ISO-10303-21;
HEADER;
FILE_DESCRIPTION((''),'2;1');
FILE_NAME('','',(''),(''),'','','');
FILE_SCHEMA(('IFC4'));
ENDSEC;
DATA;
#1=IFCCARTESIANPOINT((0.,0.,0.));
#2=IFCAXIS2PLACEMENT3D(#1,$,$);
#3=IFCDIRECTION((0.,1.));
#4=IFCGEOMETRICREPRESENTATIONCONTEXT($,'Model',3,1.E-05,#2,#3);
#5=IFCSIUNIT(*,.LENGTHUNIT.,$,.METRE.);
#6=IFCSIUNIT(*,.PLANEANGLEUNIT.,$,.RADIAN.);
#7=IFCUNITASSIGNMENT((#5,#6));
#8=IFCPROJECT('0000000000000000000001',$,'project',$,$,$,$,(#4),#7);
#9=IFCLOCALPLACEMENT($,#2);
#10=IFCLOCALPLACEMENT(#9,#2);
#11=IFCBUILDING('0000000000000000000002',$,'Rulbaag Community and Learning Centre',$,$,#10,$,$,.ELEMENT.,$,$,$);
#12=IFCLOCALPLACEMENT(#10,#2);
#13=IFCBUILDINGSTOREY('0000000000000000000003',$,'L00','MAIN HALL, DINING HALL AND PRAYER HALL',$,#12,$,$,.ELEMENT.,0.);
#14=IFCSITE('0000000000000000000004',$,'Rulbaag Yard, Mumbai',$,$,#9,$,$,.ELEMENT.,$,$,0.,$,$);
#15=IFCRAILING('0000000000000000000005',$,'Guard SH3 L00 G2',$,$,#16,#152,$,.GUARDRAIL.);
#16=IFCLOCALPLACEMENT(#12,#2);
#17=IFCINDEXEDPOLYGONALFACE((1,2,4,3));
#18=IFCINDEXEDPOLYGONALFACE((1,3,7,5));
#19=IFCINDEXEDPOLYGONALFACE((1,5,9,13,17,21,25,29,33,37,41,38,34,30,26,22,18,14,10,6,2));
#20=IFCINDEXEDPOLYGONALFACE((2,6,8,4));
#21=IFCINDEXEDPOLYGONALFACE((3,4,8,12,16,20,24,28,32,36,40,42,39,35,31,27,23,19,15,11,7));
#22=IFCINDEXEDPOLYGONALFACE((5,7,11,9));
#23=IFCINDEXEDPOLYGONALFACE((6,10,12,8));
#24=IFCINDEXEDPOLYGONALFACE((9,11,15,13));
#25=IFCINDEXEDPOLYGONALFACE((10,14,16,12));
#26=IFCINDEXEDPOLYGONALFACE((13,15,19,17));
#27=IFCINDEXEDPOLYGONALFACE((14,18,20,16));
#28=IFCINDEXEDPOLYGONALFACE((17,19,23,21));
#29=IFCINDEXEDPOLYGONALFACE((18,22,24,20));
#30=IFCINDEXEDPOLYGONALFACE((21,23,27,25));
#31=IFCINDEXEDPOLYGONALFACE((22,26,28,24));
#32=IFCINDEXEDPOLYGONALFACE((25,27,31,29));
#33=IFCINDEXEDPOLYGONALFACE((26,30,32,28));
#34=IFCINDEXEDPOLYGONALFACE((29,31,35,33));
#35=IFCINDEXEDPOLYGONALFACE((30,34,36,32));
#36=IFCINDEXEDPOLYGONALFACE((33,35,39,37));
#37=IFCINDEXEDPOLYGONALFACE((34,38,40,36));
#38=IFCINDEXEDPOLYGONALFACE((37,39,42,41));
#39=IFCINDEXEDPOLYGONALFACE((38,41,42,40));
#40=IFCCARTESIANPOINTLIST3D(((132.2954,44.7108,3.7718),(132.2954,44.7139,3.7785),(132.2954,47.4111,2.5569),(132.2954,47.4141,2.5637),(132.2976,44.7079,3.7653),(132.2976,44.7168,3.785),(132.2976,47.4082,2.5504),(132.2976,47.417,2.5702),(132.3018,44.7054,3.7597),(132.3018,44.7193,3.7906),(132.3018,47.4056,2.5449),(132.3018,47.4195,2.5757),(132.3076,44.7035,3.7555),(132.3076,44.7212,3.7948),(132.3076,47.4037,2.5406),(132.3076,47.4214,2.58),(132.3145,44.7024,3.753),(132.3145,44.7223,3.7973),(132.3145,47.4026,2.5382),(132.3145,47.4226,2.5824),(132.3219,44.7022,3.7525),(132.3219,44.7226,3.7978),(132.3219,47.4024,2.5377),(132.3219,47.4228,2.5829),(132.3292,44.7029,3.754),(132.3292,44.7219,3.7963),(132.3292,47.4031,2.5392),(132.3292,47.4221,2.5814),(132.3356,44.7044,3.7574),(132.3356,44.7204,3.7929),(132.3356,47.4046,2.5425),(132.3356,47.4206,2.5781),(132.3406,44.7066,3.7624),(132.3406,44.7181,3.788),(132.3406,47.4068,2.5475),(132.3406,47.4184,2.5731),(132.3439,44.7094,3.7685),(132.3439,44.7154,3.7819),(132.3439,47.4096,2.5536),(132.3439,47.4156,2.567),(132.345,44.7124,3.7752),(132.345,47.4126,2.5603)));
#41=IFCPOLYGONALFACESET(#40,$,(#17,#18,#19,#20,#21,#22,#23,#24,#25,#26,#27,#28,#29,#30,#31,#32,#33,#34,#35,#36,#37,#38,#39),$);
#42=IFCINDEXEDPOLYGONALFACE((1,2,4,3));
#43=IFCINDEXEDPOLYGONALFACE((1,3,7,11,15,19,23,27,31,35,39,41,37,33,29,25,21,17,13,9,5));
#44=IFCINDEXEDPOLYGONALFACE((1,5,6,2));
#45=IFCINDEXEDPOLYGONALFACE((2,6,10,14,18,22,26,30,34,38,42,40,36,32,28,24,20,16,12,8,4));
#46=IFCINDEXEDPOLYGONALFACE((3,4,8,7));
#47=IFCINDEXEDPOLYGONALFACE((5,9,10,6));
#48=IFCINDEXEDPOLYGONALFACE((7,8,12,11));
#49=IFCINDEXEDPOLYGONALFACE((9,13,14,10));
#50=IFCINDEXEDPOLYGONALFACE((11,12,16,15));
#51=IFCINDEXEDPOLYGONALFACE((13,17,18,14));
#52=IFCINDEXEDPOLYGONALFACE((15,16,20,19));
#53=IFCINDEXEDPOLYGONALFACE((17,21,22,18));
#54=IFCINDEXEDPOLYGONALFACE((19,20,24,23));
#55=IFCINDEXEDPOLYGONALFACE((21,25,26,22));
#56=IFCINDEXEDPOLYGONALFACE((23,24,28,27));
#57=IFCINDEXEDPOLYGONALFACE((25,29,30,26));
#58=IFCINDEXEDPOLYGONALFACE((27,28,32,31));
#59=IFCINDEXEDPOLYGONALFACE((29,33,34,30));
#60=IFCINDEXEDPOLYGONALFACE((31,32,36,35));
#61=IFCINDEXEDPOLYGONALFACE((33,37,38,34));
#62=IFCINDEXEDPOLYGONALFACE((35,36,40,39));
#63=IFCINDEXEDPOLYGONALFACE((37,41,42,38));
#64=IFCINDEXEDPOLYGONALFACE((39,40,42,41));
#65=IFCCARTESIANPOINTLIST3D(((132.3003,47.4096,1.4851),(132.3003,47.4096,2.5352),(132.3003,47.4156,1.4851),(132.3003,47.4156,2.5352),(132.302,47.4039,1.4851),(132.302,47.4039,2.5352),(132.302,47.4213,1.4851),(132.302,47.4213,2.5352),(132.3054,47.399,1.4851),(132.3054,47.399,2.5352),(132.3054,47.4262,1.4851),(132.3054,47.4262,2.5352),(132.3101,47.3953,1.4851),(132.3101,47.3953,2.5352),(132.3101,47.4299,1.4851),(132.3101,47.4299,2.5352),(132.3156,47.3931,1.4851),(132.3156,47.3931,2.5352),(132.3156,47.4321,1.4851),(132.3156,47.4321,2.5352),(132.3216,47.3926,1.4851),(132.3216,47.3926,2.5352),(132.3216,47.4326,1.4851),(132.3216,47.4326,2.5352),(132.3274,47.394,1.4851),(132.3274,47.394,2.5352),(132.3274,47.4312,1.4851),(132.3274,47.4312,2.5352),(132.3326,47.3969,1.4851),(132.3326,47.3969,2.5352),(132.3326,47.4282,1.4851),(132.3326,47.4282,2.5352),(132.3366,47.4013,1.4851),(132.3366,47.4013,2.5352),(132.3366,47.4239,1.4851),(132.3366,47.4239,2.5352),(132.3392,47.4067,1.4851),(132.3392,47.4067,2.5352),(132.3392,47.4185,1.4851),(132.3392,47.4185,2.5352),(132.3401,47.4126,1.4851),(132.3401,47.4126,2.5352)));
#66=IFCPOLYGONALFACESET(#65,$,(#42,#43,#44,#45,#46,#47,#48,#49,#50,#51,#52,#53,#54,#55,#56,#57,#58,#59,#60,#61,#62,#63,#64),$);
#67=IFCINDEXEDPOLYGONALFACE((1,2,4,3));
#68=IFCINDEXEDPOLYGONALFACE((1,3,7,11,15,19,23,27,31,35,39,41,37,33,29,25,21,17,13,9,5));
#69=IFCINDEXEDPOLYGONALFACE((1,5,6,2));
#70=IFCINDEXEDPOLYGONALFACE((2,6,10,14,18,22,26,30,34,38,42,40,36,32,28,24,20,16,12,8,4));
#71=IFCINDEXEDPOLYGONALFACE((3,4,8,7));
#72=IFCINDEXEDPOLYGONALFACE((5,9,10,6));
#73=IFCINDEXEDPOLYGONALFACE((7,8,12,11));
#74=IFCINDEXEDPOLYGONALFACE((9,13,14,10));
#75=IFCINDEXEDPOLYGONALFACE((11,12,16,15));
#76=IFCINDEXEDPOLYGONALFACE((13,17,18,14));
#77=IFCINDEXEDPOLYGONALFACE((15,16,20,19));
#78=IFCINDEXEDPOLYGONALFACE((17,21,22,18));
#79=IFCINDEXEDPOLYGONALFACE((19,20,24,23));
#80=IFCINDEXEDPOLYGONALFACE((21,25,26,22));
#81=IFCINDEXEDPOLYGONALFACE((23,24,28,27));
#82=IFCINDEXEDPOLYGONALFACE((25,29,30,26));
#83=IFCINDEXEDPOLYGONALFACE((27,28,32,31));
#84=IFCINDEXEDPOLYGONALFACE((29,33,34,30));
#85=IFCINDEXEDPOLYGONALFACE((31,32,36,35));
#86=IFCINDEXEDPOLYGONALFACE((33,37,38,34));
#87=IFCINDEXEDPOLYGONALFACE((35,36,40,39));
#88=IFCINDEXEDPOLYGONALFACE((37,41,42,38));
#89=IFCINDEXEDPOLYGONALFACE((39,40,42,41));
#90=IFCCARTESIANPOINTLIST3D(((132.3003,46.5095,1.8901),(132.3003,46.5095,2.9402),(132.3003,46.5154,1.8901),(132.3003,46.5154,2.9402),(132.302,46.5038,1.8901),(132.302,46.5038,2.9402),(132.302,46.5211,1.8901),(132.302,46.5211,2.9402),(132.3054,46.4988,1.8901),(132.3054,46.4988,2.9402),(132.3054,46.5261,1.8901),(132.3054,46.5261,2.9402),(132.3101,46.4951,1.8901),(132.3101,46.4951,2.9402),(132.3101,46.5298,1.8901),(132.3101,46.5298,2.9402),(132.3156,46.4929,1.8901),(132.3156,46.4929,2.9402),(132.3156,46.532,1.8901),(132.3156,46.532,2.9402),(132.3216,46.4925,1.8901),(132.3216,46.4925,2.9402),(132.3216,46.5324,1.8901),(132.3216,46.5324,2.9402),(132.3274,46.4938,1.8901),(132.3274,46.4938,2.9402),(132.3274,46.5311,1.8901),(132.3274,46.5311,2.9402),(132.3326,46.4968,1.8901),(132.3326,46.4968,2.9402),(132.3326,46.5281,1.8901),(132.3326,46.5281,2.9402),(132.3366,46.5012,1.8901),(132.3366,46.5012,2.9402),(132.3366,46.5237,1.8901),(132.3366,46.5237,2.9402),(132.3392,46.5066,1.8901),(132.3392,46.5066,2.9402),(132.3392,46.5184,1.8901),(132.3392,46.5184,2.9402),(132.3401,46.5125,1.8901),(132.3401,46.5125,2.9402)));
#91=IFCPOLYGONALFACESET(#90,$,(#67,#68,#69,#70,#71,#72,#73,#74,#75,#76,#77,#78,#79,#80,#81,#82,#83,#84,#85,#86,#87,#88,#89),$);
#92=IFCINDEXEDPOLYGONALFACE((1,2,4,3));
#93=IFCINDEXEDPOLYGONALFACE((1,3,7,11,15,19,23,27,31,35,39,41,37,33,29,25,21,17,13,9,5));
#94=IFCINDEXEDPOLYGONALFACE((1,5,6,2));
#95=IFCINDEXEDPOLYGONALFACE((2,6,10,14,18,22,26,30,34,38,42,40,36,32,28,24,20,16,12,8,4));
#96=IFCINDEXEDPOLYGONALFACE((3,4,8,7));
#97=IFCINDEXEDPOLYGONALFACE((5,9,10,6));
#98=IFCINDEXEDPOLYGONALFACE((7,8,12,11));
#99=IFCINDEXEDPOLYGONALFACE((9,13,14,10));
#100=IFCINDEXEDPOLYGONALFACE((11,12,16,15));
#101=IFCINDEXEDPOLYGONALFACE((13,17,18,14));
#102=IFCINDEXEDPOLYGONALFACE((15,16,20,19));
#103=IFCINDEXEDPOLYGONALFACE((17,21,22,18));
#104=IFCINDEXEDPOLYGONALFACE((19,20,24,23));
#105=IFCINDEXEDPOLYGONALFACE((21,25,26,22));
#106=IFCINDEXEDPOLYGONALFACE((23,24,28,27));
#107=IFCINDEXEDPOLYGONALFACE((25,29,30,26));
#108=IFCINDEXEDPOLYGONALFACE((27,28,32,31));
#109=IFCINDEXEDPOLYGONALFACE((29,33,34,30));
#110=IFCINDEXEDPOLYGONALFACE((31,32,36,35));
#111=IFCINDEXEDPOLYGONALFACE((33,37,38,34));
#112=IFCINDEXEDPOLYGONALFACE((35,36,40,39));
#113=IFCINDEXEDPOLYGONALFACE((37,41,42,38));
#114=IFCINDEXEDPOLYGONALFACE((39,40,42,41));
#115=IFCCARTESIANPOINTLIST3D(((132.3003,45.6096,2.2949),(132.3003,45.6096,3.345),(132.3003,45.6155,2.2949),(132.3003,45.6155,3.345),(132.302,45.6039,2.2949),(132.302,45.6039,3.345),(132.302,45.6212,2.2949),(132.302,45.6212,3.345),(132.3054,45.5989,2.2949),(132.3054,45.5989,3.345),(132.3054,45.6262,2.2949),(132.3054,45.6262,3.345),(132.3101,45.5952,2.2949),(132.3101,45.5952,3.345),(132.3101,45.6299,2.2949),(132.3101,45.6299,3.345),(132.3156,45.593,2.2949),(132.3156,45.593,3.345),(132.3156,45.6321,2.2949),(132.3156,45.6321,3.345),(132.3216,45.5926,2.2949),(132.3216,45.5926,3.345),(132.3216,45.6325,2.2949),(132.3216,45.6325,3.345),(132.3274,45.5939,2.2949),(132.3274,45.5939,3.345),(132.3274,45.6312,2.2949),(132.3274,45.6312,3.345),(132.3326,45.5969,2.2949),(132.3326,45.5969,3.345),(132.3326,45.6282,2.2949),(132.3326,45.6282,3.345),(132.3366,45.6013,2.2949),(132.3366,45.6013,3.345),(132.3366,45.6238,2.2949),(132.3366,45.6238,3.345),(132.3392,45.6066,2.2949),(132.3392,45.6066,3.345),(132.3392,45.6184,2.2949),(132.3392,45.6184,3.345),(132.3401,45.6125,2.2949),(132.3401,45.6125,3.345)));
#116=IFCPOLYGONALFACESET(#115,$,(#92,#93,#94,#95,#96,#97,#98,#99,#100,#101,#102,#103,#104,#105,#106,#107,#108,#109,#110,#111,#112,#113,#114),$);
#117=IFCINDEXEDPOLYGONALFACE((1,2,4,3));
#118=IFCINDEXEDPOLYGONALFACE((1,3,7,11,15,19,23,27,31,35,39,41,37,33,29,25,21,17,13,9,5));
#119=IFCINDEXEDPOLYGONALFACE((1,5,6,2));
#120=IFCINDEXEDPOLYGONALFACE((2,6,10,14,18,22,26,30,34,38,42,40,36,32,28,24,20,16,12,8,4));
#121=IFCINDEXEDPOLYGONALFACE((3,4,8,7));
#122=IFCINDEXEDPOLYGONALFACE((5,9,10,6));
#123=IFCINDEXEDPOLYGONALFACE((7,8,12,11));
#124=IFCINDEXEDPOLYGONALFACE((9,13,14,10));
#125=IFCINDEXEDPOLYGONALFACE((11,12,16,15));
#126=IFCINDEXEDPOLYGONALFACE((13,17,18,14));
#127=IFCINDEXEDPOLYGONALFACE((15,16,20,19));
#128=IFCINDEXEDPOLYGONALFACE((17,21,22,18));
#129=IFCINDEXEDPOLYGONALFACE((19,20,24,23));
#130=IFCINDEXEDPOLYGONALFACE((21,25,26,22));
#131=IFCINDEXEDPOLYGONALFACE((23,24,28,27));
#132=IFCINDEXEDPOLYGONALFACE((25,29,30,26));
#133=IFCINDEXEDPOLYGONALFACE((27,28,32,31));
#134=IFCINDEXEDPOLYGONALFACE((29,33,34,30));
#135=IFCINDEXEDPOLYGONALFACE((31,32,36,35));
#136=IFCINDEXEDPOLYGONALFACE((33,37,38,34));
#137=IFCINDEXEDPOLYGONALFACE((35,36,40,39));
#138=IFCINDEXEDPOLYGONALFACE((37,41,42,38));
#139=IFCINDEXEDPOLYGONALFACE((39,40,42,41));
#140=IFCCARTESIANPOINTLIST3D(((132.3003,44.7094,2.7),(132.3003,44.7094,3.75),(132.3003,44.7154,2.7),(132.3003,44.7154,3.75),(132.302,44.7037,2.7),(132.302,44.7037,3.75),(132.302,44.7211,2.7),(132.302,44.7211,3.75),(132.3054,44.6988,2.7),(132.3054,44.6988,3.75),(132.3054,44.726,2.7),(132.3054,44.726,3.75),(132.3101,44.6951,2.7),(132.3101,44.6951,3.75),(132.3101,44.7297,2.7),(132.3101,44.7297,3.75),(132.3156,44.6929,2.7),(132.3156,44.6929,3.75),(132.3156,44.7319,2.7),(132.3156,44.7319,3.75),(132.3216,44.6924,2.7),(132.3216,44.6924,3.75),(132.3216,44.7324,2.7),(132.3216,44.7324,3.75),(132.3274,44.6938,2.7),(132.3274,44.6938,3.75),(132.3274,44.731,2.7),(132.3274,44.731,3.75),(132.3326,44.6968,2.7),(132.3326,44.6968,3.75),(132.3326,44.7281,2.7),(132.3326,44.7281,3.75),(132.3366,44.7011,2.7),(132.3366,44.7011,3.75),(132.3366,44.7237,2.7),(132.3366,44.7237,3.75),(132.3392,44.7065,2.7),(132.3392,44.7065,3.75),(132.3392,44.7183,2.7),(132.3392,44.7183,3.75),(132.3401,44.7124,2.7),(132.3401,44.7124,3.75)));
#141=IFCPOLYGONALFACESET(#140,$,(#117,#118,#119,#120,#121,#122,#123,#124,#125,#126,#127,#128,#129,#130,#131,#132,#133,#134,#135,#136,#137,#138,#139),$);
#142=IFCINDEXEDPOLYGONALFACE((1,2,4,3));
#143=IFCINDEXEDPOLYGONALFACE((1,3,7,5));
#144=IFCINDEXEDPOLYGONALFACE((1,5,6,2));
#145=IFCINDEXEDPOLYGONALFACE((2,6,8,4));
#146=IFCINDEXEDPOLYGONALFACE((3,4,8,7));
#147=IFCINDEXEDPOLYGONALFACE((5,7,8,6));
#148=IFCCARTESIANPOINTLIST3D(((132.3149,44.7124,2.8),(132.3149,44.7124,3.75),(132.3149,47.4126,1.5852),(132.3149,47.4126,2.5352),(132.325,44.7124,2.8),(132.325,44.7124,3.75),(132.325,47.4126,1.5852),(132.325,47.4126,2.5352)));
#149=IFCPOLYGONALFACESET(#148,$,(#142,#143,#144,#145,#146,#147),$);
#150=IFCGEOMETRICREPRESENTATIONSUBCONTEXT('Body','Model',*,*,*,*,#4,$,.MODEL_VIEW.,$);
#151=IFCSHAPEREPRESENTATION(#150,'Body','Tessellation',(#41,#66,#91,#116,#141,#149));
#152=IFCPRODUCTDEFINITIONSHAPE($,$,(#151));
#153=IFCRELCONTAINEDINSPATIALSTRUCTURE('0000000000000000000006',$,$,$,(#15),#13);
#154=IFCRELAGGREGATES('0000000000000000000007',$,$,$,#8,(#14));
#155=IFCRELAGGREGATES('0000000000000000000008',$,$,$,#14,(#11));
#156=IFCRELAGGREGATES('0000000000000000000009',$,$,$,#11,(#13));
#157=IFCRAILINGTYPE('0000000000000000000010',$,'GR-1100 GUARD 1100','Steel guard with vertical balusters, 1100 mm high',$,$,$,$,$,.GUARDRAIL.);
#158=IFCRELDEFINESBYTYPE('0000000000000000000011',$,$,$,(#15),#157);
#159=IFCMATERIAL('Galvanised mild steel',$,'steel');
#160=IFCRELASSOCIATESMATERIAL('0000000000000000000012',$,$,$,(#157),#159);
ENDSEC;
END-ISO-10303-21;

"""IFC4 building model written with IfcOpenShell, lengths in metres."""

from ifc_helpers import new_model, si_unit, direction, frame, origin, origin_2d, place, context, subcontext, project, spatial, polyline, circle, outline, extrude, material, type_object, element, save


model = new_model("IFC4")

# Units and contexts
model_context = context("Model", 3, precision=1e-05, world=origin(), true_north=direction((0.0, 1.0)))
body_context = subcontext(model_context, "Body", "Model", "MODEL_VIEW")
ifc_project = project(units=[si_unit("LENGTHUNIT", "METRE"), si_unit("PLANEANGLEUNIT", "RADIAN")], contexts=[model_context])

# Site, building, storey
site_placement = place(None, origin())
site = spatial("IfcSite", under=ifc_project, at=site_placement, Name="Rulbaag Yard, Mumbai", CompositionType="ELEMENT", RefElevation=0.0)
building_placement = place(site_placement, origin())
building = spatial("IfcBuilding", under=site, at=building_placement, Name="Rulbaag Community and Learning Centre", CompositionType="ELEMENT")
storey_placement = place(building_placement, origin())
storey = spatial("IfcBuildingStorey", under=building, at=storey_placement, Name="L00", Description="MAIN HALL, DINING HALL AND PRAYER HALL", CompositionType="ELEMENT", Elevation=0.0)

# Railing
ifc_material_1 = material(Name="Galvanised mild steel", Category="steel")
railing_type_1 = type_object("IfcRailingType", Name="GR-1100 GUARD 1100", Description="Steel guard with vertical balusters, 1100 mm high", PredefinedType="GUARDRAIL", material=ifc_material_1)
railing_1_placement = place(storey_placement, frame((132.3201, 47.4126, 1.4851)))
element("IfcRailing", 1, at=railing_1_placement, inside=storey, type_object=railing_type_1, Name="Guard SH3 L00 G2", PredefinedType="GUARDRAIL", context=body_context, shape_type="SweptSolid", body=[
    extrude(circle(Radius=0.0249, at=origin_2d()), frame((0.0, 0.0, 1.0752), z_axis=(0.0, -0.911952, 0.410296), x_axis=(1.0, 0.0, 0.0)), (0.0, 0.0, 1.0), 2.9609),
    extrude(circle(Radius=0.02, at=origin_2d()), origin(), (0.0, 0.0, 1.0), 1.05),
    extrude(circle(Radius=0.02, at=origin_2d()), frame((0.0, -0.9001, 0.405)), (0.0, 0.0, 1.0), 1.05),
    extrude(circle(Radius=0.02, at=origin_2d()), frame((0.0, -1.8, 0.8098)), (0.0, 0.0, 1.0), 1.05),
    extrude(circle(Radius=0.02, at=origin_2d()), frame((0.0, -2.7002, 1.2148)), (0.0, 0.0, 1.0), 1.05),
    extrude(outline(polyline([(0.0, 0.0), (2.7002, 1.2148), (2.7002, 2.1648), (0.0, 0.95), (0.0, 0.0)])), frame((0.0049, 0.0, 0.1001), z_axis=(-1.0, 0.0, 0.0), x_axis=(0.0, -1.0, 0.0)), (0.0, 0.0, 1.0), 0.01),
])

save(model, "model.ifc")
